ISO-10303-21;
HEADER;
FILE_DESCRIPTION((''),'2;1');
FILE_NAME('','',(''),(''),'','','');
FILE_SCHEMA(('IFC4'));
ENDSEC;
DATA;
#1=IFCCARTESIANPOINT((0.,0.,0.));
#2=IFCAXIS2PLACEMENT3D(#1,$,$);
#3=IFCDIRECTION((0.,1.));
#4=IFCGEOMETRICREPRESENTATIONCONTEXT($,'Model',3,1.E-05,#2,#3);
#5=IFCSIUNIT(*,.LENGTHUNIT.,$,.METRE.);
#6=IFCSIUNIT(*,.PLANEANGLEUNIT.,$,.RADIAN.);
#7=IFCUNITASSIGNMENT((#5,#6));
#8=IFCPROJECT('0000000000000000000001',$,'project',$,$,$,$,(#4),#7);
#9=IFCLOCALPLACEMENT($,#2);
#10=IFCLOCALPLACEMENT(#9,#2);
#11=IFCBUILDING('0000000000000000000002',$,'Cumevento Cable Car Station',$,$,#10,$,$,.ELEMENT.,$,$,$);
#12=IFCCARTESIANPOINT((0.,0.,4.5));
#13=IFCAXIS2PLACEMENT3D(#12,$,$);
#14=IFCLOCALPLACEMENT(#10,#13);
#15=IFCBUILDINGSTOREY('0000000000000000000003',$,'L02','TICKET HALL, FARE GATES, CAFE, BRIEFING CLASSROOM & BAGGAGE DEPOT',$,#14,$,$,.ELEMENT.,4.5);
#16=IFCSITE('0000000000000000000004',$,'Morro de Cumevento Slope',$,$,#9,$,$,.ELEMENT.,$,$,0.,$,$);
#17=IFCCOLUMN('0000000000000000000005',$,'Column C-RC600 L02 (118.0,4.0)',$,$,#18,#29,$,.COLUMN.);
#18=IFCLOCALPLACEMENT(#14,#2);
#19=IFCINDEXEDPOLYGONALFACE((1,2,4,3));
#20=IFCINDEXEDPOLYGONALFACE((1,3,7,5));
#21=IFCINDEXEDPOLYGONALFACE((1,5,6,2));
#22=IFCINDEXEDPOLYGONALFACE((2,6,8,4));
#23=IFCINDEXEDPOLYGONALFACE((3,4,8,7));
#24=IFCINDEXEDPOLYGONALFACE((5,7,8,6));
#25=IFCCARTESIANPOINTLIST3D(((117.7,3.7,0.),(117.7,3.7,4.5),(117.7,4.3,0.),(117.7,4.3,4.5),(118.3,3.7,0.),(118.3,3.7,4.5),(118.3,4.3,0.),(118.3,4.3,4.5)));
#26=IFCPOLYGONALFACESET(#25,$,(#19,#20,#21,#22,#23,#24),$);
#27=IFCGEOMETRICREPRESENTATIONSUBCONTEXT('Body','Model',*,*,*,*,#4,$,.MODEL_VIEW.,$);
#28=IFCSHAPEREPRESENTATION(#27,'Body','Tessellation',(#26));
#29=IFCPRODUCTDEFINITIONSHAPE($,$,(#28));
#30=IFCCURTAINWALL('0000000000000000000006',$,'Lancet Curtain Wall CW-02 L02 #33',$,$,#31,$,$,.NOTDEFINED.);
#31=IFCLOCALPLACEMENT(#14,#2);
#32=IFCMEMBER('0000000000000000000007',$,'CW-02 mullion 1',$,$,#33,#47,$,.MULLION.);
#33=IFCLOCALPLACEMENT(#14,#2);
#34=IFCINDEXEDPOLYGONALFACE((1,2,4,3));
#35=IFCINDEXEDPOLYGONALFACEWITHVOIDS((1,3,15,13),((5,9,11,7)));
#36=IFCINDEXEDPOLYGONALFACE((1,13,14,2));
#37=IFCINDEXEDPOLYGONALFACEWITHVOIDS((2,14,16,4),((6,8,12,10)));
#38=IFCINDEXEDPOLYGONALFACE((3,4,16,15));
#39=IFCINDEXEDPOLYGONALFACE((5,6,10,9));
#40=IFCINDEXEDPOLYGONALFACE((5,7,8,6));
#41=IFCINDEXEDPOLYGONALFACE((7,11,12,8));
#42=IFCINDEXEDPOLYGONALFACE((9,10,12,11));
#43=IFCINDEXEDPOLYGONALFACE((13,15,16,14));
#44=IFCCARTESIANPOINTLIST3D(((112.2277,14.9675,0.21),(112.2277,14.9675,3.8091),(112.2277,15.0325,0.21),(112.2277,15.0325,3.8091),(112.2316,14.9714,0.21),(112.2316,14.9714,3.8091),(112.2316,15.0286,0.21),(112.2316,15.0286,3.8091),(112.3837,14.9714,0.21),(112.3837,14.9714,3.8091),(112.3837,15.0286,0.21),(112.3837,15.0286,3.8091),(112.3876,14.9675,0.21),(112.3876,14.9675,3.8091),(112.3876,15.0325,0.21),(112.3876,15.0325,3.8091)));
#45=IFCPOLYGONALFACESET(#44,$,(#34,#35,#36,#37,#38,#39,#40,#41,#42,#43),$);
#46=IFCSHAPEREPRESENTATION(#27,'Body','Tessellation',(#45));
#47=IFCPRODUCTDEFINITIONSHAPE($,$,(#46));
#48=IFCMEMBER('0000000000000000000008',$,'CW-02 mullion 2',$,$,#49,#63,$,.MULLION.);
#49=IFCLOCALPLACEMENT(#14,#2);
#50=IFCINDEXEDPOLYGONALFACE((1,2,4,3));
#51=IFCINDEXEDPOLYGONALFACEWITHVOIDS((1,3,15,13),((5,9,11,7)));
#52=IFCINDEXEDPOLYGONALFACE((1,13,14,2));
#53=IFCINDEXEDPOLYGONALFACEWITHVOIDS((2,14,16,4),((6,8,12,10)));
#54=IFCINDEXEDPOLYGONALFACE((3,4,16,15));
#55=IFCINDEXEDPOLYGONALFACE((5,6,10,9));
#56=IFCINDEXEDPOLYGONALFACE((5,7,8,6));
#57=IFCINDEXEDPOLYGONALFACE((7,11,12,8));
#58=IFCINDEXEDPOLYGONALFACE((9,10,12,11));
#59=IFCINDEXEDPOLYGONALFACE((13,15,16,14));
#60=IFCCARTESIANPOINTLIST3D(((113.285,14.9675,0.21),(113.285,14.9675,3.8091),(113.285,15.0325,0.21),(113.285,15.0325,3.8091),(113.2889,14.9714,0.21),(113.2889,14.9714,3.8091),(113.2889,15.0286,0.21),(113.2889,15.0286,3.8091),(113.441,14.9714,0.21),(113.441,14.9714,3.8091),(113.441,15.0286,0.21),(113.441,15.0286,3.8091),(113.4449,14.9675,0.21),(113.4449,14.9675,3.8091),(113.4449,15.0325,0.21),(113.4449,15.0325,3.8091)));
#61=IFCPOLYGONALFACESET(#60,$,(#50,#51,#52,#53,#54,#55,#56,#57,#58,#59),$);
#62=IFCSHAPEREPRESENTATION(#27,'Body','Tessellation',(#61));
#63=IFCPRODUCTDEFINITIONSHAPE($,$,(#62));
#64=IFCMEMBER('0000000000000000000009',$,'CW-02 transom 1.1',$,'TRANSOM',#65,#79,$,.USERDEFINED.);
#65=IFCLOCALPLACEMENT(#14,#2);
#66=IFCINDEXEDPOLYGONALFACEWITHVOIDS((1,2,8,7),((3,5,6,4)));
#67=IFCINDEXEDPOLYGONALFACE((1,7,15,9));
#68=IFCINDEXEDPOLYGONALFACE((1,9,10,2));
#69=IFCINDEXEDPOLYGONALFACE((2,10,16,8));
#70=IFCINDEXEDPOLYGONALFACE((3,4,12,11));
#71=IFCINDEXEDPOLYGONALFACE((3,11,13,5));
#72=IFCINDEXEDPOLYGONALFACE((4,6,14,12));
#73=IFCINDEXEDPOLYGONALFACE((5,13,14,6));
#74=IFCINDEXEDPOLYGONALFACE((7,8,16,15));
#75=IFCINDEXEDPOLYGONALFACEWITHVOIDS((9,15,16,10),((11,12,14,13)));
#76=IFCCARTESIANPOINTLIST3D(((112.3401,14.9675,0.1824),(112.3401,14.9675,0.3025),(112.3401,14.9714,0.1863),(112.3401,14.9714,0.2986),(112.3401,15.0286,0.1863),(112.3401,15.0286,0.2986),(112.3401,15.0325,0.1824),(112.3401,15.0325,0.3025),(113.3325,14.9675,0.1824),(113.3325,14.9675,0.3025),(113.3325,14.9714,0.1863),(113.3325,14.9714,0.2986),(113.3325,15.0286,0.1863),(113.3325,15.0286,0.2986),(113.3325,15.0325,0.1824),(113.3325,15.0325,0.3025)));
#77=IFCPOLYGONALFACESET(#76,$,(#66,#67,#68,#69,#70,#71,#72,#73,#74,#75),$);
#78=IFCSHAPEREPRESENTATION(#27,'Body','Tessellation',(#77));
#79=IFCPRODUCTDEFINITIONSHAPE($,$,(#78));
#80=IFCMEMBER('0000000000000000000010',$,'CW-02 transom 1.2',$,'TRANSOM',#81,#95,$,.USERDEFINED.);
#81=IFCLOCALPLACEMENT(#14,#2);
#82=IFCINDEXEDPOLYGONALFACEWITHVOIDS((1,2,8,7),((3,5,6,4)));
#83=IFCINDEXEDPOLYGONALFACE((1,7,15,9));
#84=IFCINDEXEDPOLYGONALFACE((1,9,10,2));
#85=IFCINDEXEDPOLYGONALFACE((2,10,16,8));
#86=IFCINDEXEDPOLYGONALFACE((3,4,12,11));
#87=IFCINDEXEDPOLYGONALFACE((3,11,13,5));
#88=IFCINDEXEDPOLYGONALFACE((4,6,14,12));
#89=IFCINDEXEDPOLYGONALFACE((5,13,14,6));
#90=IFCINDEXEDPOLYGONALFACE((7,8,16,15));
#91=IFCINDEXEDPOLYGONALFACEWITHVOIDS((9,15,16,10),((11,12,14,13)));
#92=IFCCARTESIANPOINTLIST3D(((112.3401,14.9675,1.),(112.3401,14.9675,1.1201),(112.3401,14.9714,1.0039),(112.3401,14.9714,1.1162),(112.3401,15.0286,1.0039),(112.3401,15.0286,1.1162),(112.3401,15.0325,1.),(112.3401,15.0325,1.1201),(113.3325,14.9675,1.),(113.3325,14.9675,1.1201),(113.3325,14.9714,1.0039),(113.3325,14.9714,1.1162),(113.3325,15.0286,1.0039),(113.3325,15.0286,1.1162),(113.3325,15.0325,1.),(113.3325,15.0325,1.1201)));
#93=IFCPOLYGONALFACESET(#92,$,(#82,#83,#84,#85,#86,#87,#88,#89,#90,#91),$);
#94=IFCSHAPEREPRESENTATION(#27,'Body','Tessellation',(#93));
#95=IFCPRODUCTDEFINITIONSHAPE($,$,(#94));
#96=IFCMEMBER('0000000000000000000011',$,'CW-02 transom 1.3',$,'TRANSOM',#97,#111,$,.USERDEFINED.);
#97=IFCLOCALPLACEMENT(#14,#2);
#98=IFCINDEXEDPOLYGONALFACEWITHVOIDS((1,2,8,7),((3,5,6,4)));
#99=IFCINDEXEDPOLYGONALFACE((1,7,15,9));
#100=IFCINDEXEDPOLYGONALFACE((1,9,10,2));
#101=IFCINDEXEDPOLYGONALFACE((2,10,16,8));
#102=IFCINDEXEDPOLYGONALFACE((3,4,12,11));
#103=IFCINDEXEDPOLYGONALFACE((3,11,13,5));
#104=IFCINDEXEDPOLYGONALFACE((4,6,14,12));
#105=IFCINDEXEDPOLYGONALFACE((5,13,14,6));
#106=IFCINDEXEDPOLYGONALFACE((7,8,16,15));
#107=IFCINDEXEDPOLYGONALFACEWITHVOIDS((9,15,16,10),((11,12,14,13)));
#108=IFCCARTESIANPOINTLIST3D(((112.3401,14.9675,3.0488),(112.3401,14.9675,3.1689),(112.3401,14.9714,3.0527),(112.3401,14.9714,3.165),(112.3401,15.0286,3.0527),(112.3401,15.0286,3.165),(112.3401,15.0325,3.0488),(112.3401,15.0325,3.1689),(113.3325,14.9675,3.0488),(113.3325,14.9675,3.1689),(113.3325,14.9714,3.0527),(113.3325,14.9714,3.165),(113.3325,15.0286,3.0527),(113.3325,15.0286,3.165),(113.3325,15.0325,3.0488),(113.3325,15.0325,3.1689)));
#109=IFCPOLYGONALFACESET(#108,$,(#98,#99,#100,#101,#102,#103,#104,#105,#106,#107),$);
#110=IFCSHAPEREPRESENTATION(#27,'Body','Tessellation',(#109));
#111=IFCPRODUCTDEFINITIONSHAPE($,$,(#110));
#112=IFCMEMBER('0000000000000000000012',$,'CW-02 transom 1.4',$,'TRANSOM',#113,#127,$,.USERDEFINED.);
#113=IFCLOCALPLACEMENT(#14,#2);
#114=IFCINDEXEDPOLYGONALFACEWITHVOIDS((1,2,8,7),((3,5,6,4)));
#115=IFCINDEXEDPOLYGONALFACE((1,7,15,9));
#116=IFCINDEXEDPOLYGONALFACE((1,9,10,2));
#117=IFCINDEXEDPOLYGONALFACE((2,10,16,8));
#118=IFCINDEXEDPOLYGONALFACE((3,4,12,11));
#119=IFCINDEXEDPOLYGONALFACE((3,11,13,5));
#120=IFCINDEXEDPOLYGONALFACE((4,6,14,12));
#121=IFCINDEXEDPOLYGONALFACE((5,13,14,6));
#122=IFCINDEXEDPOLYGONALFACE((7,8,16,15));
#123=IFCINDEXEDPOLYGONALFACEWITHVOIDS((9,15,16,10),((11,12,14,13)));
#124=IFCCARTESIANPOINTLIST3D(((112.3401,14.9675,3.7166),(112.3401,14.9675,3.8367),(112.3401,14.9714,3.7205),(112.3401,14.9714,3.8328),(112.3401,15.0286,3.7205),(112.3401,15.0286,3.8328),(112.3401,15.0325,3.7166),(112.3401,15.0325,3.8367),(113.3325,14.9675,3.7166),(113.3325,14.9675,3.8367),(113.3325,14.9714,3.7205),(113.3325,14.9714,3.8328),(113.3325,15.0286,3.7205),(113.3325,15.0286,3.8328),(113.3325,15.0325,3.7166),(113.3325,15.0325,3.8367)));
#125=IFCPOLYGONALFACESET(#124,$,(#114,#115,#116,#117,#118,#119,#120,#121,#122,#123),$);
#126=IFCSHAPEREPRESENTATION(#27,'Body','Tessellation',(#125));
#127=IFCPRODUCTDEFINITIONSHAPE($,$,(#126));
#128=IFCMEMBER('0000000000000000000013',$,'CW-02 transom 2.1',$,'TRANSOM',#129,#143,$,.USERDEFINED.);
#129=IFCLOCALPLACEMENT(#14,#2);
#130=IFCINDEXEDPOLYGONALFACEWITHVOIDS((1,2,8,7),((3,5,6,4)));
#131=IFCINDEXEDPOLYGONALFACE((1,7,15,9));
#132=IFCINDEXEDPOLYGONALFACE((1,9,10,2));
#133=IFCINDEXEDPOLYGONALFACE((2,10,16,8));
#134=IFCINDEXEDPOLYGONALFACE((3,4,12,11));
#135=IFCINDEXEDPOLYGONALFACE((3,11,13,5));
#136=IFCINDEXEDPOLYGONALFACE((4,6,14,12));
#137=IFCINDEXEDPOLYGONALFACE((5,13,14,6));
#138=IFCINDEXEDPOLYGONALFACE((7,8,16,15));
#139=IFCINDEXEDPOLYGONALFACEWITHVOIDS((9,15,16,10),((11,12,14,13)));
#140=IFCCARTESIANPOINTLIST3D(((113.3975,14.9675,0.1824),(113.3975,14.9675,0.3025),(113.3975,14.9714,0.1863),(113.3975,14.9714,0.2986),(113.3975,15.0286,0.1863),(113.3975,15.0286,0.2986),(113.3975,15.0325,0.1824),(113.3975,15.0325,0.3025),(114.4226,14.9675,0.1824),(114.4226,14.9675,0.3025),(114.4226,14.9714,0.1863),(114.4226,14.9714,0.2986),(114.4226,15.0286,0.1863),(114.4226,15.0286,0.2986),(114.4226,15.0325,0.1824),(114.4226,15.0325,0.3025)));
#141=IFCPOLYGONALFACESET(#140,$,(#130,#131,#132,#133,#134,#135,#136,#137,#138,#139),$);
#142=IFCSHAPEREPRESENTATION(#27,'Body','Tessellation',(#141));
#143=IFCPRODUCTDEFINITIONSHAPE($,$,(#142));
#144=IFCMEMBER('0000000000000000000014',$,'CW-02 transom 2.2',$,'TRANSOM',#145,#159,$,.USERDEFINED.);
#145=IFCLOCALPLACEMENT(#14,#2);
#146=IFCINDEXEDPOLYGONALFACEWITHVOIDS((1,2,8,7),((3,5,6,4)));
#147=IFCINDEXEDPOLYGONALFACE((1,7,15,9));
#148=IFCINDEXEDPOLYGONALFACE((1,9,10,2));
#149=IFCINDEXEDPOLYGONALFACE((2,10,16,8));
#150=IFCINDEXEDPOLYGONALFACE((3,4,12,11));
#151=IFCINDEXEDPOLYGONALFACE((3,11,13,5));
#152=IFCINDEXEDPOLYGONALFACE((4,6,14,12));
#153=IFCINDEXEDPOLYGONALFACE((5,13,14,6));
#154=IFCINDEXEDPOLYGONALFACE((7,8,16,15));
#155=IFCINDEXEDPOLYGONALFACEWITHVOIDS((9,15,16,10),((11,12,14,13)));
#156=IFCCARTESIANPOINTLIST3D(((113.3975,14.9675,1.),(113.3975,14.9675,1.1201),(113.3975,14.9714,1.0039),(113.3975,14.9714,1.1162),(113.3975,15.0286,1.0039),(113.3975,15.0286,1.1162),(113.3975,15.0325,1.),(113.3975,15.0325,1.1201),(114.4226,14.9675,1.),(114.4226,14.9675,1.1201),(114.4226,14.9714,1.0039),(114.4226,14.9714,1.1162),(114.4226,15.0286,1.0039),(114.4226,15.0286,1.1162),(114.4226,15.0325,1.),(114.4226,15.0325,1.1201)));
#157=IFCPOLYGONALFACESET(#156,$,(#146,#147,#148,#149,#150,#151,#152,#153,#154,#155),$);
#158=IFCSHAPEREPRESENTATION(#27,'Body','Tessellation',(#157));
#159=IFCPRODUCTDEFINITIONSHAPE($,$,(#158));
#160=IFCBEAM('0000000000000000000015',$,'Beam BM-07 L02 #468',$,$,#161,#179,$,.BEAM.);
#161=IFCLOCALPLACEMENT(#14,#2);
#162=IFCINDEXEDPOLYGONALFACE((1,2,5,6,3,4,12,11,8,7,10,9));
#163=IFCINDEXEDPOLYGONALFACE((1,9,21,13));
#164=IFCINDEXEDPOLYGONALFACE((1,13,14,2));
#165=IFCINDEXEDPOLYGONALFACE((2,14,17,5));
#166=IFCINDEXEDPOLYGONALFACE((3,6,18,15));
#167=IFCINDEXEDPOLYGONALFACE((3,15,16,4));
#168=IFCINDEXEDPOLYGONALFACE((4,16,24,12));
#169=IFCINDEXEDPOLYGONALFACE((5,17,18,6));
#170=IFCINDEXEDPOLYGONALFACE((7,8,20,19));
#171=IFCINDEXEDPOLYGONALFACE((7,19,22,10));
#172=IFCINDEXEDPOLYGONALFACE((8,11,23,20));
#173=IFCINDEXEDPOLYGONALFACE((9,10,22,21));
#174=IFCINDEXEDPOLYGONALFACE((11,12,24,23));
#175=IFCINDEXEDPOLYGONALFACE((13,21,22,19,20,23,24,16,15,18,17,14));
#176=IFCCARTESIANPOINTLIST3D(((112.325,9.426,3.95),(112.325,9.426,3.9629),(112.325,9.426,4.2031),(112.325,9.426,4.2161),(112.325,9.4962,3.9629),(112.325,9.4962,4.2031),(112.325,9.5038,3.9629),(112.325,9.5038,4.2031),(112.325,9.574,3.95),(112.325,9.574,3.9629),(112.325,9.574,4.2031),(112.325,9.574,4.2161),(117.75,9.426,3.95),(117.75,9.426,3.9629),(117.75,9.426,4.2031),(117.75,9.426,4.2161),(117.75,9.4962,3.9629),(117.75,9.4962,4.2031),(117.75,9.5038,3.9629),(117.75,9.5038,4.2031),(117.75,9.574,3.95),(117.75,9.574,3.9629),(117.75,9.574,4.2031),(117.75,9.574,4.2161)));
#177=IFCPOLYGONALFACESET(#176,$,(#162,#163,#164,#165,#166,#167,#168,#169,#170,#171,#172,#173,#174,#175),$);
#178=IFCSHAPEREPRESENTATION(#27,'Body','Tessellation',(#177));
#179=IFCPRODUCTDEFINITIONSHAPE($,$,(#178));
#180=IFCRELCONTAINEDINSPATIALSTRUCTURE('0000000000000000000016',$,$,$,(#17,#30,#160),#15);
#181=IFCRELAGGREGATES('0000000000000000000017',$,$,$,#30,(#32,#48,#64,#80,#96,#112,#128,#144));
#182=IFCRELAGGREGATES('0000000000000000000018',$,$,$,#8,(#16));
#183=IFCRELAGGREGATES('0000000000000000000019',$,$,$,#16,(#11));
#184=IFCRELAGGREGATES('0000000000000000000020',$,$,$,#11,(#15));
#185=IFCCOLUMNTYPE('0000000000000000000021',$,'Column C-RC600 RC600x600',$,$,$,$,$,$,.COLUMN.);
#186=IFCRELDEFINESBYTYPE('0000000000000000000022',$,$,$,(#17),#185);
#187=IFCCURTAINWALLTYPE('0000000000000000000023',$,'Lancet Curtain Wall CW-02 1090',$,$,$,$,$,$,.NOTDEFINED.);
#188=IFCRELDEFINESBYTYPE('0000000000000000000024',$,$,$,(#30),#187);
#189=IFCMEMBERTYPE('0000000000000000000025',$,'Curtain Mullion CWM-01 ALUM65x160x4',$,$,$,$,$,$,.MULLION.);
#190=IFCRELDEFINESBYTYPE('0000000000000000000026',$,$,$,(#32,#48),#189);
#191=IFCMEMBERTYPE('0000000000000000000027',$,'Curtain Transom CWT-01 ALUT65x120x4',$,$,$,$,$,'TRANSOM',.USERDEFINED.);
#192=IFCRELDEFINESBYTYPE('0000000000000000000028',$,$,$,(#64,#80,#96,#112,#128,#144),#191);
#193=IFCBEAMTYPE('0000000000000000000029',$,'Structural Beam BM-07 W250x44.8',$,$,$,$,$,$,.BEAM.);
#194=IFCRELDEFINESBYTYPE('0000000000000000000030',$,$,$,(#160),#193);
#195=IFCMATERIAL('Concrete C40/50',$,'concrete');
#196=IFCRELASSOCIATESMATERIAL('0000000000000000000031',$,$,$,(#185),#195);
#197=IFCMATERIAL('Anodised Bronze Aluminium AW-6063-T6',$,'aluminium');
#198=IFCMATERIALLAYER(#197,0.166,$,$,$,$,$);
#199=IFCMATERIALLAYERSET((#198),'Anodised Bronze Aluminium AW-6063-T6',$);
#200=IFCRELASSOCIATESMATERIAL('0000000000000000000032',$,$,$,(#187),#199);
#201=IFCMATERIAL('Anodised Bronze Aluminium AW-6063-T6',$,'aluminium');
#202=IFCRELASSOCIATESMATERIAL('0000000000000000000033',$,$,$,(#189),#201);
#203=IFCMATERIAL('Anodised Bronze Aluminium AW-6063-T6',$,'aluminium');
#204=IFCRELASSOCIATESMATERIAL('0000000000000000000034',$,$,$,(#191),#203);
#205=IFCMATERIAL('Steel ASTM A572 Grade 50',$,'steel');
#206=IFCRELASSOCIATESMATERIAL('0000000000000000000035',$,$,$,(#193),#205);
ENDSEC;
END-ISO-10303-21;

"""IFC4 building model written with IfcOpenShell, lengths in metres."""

from ifc_helpers import new_model, si_unit, direction, frame, origin, origin_2d, place, context, subcontext, project, spatial, rectangle, hollow_rectangle, i_section, extrude, material, layer, layer_set, material_profile, profile_set, type_object, element, aggregate, save


model = new_model("IFC4")

# Units and contexts
model_context = context("Model", 3, precision=1e-05, world=origin(), true_north=direction((0.0, 1.0)))
body_context = subcontext(model_context, "Body", "Model", "MODEL_VIEW")
ifc_project = project(units=[si_unit("LENGTHUNIT", "METRE"), si_unit("PLANEANGLEUNIT", "RADIAN")], contexts=[model_context])

# Site, building, storey
site_placement = place(None, origin())
site = spatial("IfcSite", under=ifc_project, at=site_placement, Name="Morro de Cumevento Slope", CompositionType="ELEMENT", RefElevation=0.0)
building_placement = place(site_placement, origin())
building = spatial("IfcBuilding", under=site, at=building_placement, Name="Cumevento Cable Car Station", CompositionType="ELEMENT")
storey_placement = place(building_placement, frame((0.0, 0.0, 4.5)))
storey = spatial("IfcBuildingStorey", under=building, at=storey_placement, Name="L02", Description="TICKET HALL, FARE GATES, CAFE, BRIEFING CLASSROOM & BAGGAGE DEPOT", CompositionType="ELEMENT", Elevation=4.5)

# Column
ifc_material_1 = material(Name="Concrete C40/50", Category="concrete")
ifc_material_profile_1 = material_profile(ifc_material_1, rectangle(XDim=0.6001, YDim=0.6001, at=origin_2d()), Name="RC600x600")
ifc_profile_set_1 = profile_set([ifc_material_profile_1], Name="Concrete C40/50")
column_type = type_object("IfcColumnType", Name="Column C-RC600 RC600x600", PredefinedType="COLUMN", material=ifc_profile_set_1)
column_placement = place(storey_placement, frame((118.0, 4.0, 0.0), z_axis=(0.0, 0.0, 1.0), x_axis=(1.0, 0.0, 0.0)))
element("IfcColumn", 1, at=column_placement, inside=storey, type_object=column_type, Name="Column C-RC600 L02 (118.0,4.0)", PredefinedType="COLUMN", context=body_context, shape_type="SweptSolid", body=[
    extrude(rectangle(XDim=0.6001, YDim=0.6001, at=origin_2d()), origin(), (0.0, 0.0, 1.0), 4.5),
])

# Curtain wall, members
ifc_material_2 = material(Name="Anodised Bronze Aluminium AW-6063-T6", Category="aluminium")
ifc_layer_1 = layer(ifc_material_2, 0.166)
ifc_layer_set_1 = layer_set([ifc_layer_1], Name="Anodised Bronze Aluminium AW-6063-T6")
curtain_wall_type = type_object("IfcCurtainWallType", Name="Lancet Curtain Wall CW-02 1090", PredefinedType="NOTDEFINED", material=ifc_layer_set_1)
curtain_wall_placement = place(storey_placement, origin())
curtain_wall = element("IfcCurtainWall", 2, at=curtain_wall_placement, inside=storey, type_object=curtain_wall_type, Name="Lancet Curtain Wall CW-02 L02 #33", PredefinedType="NOTDEFINED")
ifc_material_3 = material(Name="Anodised Bronze Aluminium AW-6063-T6", Category="aluminium")
ifc_material_profile_2 = material_profile(ifc_material_3, hollow_rectangle(XDim=0.0649, YDim=0.1599, WallThickness=0.0039, at=origin_2d()), Name="ALUM65x160x4")
ifc_profile_set_2 = profile_set([ifc_material_profile_2], Name="Anodised Bronze Aluminium AW-6063-T6")
member_type_1 = type_object("IfcMemberType", Name="Curtain Mullion CWM-01 ALUM65x160x4", PredefinedType="MULLION", material=ifc_profile_set_2)
member_1_placement = place(storey_placement, frame((112.3076, 15.0, 0.21), z_axis=(0.0, 0.0, 1.0), x_axis=(0.0, 1.0, 0.0)))
member_1 = element("IfcMember", 3, at=member_1_placement, type_object=member_type_1, Name="CW-02 mullion 1", PredefinedType="MULLION", context=body_context, shape_type="SweptSolid", body=[
    extrude(hollow_rectangle(XDim=0.0649, YDim=0.1599, WallThickness=0.0039, at=origin_2d()), origin(), (0.0, 0.0, 1.0), 3.5991),
])
member_2_placement = place(storey_placement, frame((113.365, 15.0, 0.21), z_axis=(0.0, 0.0, 1.0), x_axis=(0.0, 1.0, 0.0)))
member_2 = element("IfcMember", 4, at=member_2_placement, type_object=member_type_1, Name="CW-02 mullion 2", PredefinedType="MULLION", context=body_context, shape_type="SweptSolid", body=[
    extrude(hollow_rectangle(XDim=0.0649, YDim=0.1599, WallThickness=0.0039, at=origin_2d()), origin(), (0.0, 0.0, 1.0), 3.5991),
])
ifc_material_4 = material(Name="Anodised Bronze Aluminium AW-6063-T6", Category="aluminium")
ifc_material_profile_3 = material_profile(ifc_material_4, hollow_rectangle(XDim=0.0649, YDim=0.1201, WallThickness=0.0039, at=origin_2d()), Name="ALUT65x120x4")
ifc_profile_set_3 = profile_set([ifc_material_profile_3], Name="Anodised Bronze Aluminium AW-6063-T6")
member_type_2 = type_object("IfcMemberType", Name="Curtain Transom CWT-01 ALUT65x120x4", ElementType="TRANSOM", PredefinedType="USERDEFINED", material=ifc_profile_set_3)
member_3_placement = place(storey_placement, frame((112.3401, 15.0, 0.2424), z_axis=(1.0, 0.0, 0.0), x_axis=(0.0, 1.0, 0.0)))
member_3 = element("IfcMember", 5, at=member_3_placement, type_object=member_type_2, Name="CW-02 transom 1.1", ObjectType="TRANSOM", PredefinedType="USERDEFINED", context=body_context, shape_type="SweptSolid", body=[
    extrude(hollow_rectangle(XDim=0.0649, YDim=0.1201, WallThickness=0.0039, at=origin_2d()), origin(), (0.0, 0.0, 1.0), 0.9924),
])
member_4_placement = place(storey_placement, frame((112.3401, 15.0, 1.0601), z_axis=(1.0, 0.0, 0.0), x_axis=(0.0, 1.0, 0.0)))
member_4 = element("IfcMember", 6, at=member_4_placement, type_object=member_type_2, Name="CW-02 transom 1.2", ObjectType="TRANSOM", PredefinedType="USERDEFINED", context=body_context, shape_type="SweptSolid", body=[
    extrude(hollow_rectangle(XDim=0.0649, YDim=0.1201, WallThickness=0.0039, at=origin_2d()), origin(), (0.0, 0.0, 1.0), 0.9924),
])
member_5_placement = place(storey_placement, frame((112.3401, 15.0, 3.1089), z_axis=(1.0, 0.0, 0.0), x_axis=(0.0, 1.0, 0.0)))
member_5 = element("IfcMember", 7, at=member_5_placement, type_object=member_type_2, Name="CW-02 transom 1.3", ObjectType="TRANSOM", PredefinedType="USERDEFINED", context=body_context, shape_type="SweptSolid", body=[
    extrude(hollow_rectangle(XDim=0.0649, YDim=0.1201, WallThickness=0.0039, at=origin_2d()), origin(), (0.0, 0.0, 1.0), 0.9924),
])
member_6_placement = place(storey_placement, frame((112.3401, 15.0, 3.7766), z_axis=(1.0, 0.0, 0.0), x_axis=(0.0, 1.0, 0.0)))
member_6 = element("IfcMember", 8, at=member_6_placement, type_object=member_type_2, Name="CW-02 transom 1.4", ObjectType="TRANSOM", PredefinedType="USERDEFINED", context=body_context, shape_type="SweptSolid", body=[
    extrude(hollow_rectangle(XDim=0.0649, YDim=0.1201, WallThickness=0.0039, at=origin_2d()), origin(), (0.0, 0.0, 1.0), 0.9924),
])
member_7_placement = place(storey_placement, frame((113.3975, 15.0, 0.2424), z_axis=(1.0, 0.0, 0.0), x_axis=(0.0, 1.0, 0.0)))
member_7 = element("IfcMember", 9, at=member_7_placement, type_object=member_type_2, Name="CW-02 transom 2.1", ObjectType="TRANSOM", PredefinedType="USERDEFINED", context=body_context, shape_type="SweptSolid", body=[
    extrude(hollow_rectangle(XDim=0.0649, YDim=0.1201, WallThickness=0.0039, at=origin_2d()), origin(), (0.0, 0.0, 1.0), 1.0251),
])
member_8_placement = place(storey_placement, frame((113.3975, 15.0, 1.0601), z_axis=(1.0, 0.0, 0.0), x_axis=(0.0, 1.0, 0.0)))
member_8 = element("IfcMember", 10, at=member_8_placement, type_object=member_type_2, Name="CW-02 transom 2.2", ObjectType="TRANSOM", PredefinedType="USERDEFINED", context=body_context, shape_type="SweptSolid", body=[
    extrude(hollow_rectangle(XDim=0.0649, YDim=0.1201, WallThickness=0.0039, at=origin_2d()), origin(), (0.0, 0.0, 1.0), 1.0251),
])

# Beam
ifc_material_5 = material(Name="Steel ASTM A572 Grade 50", Category="steel")
ifc_material_profile_4 = material_profile(ifc_material_5, i_section(OverallWidth=0.1479, OverallDepth=0.2661, WebThickness=0.0076, FlangeThickness=0.0129, at=origin_2d()), Name="W250x44.8")
ifc_profile_set_4 = profile_set([ifc_material_profile_4], Name="Steel ASTM A572 Grade 50")
beam_type_1 = type_object("IfcBeamType", Name="Structural Beam BM-07 W250x44.8", PredefinedType="BEAM", material=ifc_profile_set_4)
beam_placement = place(storey_placement, frame((112.325, 9.5, 4.083), z_axis=(1.0, 0.0, 0.0), x_axis=(0.0, 1.0, 0.0)))
element("IfcBeam", 11, at=beam_placement, inside=storey, type_object=beam_type_1, Name="Beam BM-07 L02 #468", PredefinedType="BEAM", context=body_context, shape_type="SweptSolid", body=[
    extrude(i_section(OverallWidth=0.1479, OverallDepth=0.2661, WebThickness=0.0076, FlangeThickness=0.0129, at=origin_2d()), origin(), (0.0, 0.0, 1.0), 5.425),
])

aggregate(curtain_wall, [member_1, member_2, member_3, member_4, member_5, member_6, member_7, member_8])

save(model, "model.ifc")
